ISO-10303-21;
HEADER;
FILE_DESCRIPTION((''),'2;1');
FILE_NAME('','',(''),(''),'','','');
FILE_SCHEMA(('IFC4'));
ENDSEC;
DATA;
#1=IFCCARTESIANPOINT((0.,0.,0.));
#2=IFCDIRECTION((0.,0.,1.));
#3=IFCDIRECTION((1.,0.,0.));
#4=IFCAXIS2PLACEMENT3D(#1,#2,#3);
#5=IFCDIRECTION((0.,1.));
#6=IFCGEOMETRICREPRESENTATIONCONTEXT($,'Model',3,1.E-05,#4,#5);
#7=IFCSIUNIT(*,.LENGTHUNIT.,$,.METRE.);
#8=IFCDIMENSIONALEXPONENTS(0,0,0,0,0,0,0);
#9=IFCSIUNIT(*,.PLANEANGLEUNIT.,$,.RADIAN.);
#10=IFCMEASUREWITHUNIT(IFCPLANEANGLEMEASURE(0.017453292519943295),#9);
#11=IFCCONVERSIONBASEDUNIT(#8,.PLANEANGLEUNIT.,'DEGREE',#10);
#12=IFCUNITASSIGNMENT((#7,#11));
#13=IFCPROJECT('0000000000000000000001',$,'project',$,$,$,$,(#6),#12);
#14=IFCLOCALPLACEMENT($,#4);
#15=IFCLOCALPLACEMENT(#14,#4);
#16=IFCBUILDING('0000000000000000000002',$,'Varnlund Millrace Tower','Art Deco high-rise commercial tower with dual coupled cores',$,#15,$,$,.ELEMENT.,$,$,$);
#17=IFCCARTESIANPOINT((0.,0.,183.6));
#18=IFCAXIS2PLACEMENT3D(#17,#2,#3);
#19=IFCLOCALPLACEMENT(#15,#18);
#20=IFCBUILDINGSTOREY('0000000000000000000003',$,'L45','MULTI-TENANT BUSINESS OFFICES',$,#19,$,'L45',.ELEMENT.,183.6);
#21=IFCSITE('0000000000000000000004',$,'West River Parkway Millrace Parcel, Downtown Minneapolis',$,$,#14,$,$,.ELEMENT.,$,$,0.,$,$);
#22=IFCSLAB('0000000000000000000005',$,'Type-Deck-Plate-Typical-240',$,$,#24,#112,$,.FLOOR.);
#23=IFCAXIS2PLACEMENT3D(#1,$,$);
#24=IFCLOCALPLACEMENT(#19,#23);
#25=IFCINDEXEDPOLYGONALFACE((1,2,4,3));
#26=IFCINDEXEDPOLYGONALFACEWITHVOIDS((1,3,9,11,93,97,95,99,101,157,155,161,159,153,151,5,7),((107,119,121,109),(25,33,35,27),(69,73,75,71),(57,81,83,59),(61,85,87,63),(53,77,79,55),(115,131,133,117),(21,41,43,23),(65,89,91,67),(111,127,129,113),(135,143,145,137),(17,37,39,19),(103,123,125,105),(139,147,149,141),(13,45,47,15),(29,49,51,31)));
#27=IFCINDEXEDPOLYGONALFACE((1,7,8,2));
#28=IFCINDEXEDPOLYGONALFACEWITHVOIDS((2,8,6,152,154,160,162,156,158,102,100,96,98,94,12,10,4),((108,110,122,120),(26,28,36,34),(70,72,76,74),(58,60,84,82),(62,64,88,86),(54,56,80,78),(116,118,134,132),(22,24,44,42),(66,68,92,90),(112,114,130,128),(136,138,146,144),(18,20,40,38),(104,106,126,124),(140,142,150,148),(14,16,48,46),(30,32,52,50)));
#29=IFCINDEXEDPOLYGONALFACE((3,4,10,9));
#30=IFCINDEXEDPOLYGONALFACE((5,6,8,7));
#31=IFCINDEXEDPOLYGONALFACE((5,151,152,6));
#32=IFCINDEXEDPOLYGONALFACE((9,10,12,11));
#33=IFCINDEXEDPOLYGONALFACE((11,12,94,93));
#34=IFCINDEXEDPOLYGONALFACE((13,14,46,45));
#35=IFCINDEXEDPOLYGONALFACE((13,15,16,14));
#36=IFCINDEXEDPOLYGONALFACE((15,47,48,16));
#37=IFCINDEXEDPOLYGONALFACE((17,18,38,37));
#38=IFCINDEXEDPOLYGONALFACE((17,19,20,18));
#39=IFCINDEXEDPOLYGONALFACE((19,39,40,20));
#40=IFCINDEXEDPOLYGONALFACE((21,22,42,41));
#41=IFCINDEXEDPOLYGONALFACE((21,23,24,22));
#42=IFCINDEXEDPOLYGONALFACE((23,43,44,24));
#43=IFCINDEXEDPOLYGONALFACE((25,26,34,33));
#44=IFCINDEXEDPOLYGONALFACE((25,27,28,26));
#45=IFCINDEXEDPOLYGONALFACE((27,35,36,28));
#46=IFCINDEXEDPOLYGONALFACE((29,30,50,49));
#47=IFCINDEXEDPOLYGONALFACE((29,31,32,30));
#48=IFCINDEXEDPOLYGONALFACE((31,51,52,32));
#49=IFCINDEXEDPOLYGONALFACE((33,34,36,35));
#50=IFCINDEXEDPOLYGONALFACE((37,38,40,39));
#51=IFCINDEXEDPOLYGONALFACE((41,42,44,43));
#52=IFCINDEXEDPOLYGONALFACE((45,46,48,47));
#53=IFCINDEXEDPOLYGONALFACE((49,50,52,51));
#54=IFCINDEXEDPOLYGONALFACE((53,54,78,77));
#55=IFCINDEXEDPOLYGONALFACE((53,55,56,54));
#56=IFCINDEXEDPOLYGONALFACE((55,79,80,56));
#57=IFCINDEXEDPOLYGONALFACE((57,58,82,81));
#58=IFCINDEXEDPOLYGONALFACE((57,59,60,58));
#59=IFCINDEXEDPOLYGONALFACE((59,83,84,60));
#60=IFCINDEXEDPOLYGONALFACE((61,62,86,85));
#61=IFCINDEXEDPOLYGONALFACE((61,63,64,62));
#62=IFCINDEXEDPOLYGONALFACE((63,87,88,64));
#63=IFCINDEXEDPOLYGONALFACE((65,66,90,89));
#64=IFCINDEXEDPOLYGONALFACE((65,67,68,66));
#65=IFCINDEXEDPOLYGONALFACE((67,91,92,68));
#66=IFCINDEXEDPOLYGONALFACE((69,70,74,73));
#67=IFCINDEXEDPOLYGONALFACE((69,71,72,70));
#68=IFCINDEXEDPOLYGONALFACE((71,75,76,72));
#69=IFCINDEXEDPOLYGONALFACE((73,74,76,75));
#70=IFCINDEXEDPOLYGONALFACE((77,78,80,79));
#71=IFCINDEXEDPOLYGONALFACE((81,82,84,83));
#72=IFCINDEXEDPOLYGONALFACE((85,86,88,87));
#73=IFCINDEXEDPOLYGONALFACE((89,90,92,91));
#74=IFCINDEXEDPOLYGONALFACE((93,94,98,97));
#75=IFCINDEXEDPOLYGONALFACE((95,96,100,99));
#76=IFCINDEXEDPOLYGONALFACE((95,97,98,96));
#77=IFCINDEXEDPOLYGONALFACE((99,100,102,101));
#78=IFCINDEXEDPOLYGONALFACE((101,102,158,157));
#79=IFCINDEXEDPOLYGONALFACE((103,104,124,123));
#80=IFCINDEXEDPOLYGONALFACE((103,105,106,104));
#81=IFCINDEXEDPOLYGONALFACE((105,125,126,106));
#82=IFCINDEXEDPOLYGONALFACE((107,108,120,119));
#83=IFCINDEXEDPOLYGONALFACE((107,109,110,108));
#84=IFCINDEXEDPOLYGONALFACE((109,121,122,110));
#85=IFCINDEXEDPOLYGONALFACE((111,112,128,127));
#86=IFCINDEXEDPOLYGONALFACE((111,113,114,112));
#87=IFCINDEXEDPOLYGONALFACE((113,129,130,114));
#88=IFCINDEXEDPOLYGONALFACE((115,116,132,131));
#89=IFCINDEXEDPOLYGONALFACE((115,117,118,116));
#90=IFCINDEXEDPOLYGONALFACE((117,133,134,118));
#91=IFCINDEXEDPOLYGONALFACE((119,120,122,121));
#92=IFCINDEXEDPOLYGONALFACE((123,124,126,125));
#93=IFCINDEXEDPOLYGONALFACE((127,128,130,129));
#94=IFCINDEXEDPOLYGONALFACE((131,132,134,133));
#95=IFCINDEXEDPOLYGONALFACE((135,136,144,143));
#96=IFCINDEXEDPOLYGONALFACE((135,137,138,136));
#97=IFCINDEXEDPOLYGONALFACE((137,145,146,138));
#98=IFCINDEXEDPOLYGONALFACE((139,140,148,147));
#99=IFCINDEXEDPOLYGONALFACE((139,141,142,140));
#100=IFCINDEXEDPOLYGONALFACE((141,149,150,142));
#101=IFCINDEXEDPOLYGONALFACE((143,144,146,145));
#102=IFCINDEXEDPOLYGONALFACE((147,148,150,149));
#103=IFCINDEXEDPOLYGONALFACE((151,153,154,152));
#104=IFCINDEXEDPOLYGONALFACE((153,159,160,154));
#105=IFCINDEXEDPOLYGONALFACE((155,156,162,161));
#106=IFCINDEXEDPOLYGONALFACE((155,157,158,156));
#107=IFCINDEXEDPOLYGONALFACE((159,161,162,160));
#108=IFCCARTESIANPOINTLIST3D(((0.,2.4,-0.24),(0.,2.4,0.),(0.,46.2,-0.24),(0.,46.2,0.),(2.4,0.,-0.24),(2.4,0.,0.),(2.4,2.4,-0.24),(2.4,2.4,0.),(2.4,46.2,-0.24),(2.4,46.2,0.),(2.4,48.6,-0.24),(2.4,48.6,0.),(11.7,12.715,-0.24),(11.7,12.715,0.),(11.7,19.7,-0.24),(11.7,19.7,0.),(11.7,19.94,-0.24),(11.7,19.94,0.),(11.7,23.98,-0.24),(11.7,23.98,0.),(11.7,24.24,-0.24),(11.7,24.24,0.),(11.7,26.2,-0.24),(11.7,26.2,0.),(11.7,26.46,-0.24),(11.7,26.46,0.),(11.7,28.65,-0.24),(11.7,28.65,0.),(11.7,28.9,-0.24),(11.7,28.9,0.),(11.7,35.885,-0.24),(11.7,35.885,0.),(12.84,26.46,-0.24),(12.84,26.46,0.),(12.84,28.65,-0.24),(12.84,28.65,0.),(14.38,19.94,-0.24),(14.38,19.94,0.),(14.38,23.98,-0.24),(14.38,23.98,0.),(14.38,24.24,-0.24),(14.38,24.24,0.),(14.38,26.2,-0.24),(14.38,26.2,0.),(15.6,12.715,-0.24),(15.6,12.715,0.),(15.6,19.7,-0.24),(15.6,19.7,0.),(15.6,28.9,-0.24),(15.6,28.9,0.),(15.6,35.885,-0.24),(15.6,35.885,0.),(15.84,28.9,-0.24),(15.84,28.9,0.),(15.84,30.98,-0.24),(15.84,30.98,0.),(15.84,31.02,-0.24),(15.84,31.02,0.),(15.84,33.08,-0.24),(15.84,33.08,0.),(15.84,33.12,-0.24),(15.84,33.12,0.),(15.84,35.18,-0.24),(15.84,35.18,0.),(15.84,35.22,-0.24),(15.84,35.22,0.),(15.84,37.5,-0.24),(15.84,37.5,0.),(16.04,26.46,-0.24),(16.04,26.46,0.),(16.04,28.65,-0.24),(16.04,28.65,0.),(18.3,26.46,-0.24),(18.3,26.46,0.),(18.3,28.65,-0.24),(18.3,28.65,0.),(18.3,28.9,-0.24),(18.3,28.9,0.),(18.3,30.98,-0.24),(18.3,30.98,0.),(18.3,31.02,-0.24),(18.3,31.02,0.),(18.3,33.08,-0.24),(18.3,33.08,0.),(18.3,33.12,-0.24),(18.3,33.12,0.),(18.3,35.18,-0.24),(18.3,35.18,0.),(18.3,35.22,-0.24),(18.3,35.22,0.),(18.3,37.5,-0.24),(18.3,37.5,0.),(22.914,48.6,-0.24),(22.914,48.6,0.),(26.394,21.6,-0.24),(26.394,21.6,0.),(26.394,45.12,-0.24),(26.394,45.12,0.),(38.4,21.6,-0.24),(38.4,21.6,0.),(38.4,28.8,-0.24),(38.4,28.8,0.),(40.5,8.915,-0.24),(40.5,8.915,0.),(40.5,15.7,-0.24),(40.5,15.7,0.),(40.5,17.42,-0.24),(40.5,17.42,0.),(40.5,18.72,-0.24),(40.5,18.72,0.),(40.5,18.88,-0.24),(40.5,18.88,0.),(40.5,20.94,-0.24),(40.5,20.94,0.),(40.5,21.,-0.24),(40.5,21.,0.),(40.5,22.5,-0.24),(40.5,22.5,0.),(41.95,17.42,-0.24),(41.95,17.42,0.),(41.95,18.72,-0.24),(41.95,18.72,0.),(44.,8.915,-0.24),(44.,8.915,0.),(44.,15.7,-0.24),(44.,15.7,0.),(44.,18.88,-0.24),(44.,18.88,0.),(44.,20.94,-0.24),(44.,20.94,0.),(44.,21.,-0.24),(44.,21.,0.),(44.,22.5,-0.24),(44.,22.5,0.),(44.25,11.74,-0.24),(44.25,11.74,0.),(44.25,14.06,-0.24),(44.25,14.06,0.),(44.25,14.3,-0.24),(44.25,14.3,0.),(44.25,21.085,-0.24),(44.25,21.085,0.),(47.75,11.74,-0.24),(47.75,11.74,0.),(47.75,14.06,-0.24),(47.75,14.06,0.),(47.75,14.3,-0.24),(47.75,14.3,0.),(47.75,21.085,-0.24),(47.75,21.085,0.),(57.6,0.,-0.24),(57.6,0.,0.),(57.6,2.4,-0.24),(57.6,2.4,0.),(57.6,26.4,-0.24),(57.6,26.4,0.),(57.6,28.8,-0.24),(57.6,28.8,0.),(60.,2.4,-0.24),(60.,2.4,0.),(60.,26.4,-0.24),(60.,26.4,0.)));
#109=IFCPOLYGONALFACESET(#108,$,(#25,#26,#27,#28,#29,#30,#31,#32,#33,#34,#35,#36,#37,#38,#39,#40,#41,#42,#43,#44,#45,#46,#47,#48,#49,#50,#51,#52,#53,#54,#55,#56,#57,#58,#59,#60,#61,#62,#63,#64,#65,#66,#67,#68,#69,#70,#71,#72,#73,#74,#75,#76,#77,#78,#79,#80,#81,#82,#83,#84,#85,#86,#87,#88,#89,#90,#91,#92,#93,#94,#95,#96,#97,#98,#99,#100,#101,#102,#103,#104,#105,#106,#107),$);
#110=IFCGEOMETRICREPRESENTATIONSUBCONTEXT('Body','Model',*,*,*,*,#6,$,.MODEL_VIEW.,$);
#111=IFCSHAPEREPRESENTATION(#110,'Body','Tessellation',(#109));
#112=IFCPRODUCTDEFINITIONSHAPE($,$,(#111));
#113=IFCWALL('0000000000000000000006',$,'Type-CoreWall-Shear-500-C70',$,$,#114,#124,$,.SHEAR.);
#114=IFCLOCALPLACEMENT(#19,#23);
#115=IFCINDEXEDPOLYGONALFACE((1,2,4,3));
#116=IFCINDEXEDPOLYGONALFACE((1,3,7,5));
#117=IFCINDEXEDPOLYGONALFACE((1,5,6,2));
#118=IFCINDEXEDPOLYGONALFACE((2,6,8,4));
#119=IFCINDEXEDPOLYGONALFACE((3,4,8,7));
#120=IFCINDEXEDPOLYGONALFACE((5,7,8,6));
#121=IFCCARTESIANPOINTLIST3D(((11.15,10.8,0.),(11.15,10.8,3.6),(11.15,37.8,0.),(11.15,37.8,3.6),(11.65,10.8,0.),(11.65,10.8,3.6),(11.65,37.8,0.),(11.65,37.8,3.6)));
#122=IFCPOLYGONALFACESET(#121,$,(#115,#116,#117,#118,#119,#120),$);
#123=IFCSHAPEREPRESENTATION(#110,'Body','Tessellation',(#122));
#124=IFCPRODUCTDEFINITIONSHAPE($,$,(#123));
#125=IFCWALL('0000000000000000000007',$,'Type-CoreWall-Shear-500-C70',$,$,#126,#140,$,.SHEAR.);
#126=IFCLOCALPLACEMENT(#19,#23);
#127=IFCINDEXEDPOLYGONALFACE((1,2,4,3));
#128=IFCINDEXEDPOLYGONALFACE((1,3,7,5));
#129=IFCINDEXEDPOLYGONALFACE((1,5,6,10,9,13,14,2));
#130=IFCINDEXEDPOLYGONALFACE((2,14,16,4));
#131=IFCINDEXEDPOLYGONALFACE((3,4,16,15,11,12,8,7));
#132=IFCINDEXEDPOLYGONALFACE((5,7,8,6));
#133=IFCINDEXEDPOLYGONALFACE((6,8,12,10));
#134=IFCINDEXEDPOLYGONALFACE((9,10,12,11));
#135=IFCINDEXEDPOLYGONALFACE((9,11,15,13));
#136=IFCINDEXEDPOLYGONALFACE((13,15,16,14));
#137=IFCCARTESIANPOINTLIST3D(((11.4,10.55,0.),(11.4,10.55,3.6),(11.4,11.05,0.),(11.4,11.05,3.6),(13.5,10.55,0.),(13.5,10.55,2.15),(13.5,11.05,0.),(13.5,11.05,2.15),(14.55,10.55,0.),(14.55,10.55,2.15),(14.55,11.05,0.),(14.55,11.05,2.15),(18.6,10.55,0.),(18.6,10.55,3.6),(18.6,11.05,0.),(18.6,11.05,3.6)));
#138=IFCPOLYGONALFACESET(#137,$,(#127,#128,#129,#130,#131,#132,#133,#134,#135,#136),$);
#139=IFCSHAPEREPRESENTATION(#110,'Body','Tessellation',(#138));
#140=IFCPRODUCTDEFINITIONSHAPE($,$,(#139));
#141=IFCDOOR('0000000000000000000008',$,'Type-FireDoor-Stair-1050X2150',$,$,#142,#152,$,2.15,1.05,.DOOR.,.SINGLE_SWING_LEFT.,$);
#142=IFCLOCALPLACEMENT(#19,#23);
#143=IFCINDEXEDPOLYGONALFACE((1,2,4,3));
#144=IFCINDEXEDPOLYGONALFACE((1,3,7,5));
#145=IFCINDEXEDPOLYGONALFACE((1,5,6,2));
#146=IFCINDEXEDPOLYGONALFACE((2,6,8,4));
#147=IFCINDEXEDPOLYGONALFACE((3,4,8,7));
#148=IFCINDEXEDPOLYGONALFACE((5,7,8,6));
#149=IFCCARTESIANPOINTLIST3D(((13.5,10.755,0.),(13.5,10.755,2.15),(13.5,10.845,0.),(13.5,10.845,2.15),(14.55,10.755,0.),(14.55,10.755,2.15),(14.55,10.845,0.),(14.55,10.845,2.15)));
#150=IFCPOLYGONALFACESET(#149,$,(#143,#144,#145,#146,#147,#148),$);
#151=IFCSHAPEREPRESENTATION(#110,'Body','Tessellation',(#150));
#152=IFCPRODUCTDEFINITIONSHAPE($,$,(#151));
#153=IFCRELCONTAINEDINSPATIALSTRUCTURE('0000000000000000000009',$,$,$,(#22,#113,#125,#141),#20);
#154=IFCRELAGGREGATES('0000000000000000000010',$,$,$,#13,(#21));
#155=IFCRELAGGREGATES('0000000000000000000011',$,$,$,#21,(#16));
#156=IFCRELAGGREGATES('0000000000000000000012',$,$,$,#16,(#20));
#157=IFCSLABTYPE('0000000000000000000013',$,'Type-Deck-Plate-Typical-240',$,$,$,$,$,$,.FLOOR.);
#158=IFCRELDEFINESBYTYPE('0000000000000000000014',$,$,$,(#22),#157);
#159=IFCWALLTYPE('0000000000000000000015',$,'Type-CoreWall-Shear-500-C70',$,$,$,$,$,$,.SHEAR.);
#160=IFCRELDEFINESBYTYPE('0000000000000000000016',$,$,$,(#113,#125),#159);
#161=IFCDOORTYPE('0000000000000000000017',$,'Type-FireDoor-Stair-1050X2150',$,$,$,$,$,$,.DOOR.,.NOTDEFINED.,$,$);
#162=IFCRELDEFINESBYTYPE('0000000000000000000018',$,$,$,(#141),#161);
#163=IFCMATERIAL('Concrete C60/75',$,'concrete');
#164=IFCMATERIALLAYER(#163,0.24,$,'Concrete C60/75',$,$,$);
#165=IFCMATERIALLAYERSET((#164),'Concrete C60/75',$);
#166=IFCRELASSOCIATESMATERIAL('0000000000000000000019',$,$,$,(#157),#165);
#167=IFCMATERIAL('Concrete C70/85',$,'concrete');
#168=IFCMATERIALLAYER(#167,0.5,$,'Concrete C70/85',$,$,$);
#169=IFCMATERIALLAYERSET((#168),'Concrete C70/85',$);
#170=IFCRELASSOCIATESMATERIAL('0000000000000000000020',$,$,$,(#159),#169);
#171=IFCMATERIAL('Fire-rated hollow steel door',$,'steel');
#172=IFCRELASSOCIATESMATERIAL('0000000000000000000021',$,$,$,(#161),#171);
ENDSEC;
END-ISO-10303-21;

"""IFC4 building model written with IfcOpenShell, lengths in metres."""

from ifc_helpers import new_model, entity, si_unit, converted_unit, direction, frame, origin_with_axes, origin_2d_with_axis, place, context, subcontext, project, spatial, polyline, rectangle, outline, extrude, material, layer, layer_set, type_object, element, fill, save


model = new_model("IFC4")

# Units and contexts
model_context = context("Model", 3, precision=1e-05, world=origin_with_axes(), true_north=direction((0.0, 1.0)))
body_context = subcontext(model_context, "Body", "Model", "MODEL_VIEW")
ifc_project = project(units=[si_unit("LENGTHUNIT", "METRE"), converted_unit("PLANEANGLEUNIT", "DEGREE", entity("IfcPlaneAngleMeasure", 0.017453292519943295), si_unit("PLANEANGLEUNIT", "RADIAN"), dimensions=[0, 0, 0, 0, 0, 0, 0])], contexts=[model_context])

# Site, building, storey
site_placement = place(None, origin_with_axes())
site = spatial("IfcSite", under=ifc_project, at=site_placement, Name="West River Parkway Millrace Parcel, Downtown Minneapolis", CompositionType="ELEMENT", RefElevation=0.0)
building_placement = place(site_placement, origin_with_axes())
building = spatial("IfcBuilding", under=site, at=building_placement, Name="Varnlund Millrace Tower", Description="Art Deco high-rise commercial tower with dual coupled cores", CompositionType="ELEMENT")
storey_placement = place(building_placement, frame((0.0, 0.0, 183.6), z_axis=(0.0, 0.0, 1.0), x_axis=(1.0, 0.0, 0.0)))
storey = spatial("IfcBuildingStorey", under=building, at=storey_placement, Name="L45", Description="MULTI-TENANT BUSINESS OFFICES", LongName="L45", CompositionType="ELEMENT", Elevation=183.6)

# Slab
ifc_material_1 = material(Name="Concrete C60/75", Category="concrete")
ifc_layer_1 = layer(ifc_material_1, 0.24, Name="Concrete C60/75")
ifc_layer_set_1 = layer_set([ifc_layer_1], Name="Concrete C60/75")
slab_type = type_object("IfcSlabType", Name="Type-Deck-Plate-Typical-240", PredefinedType="FLOOR", material=ifc_layer_set_1)
slab_placement = place(storey_placement, frame((0.0, 0.0, -0.24), z_axis=(0.0, 0.0, 1.0), x_axis=(1.0, 0.0, 0.0)))
element("IfcSlab", 1, at=slab_placement, inside=storey, type_object=slab_type, Name="Type-Deck-Plate-Typical-240", PredefinedType="FLOOR", context=body_context, shape_type="SweptSolid", body=[
    extrude(outline(polyline([(26.394, 21.6), (26.394, 45.12), (22.914, 48.6), (2.4, 48.6), (2.4, 46.2), (0.0, 46.2), (0.0, 2.4), (2.4, 2.4), (2.4, 0.0), (57.6, 0.0), (57.6, 2.4), (60.0, 2.4), (60.0, 26.4), (57.6, 26.4), (57.6, 28.8), (38.4, 28.8), (38.4, 21.6), (26.394, 21.6)]), holes=[polyline([(15.6, 12.715), (11.7, 12.715), (11.7, 19.7), (15.6, 19.7), (15.6, 12.715)]), polyline([(14.38, 23.98), (14.38, 19.94), (11.7, 19.94), (11.7, 23.98), (14.38, 23.98)]), polyline([(14.38, 24.24), (11.7, 24.24), (11.7, 26.2), (14.38, 26.2), (14.38, 24.24)]), polyline([(12.84, 26.46), (11.7, 26.46), (11.7, 28.65), (12.84, 28.65), (12.84, 26.46)]), polyline([(18.3, 28.9), (15.84, 28.9), (15.84, 30.98), (18.3, 30.98), (18.3, 28.9)]), polyline([(18.3, 31.02), (15.84, 31.02), (15.84, 33.08), (18.3, 33.08), (18.3, 31.02)]), polyline([(15.6, 28.9), (11.7, 28.9), (11.7, 35.885), (15.6, 35.885), (15.6, 28.9)]), polyline([(18.3, 33.12), (15.84, 33.12), (15.84, 35.18), (18.3, 35.18), (18.3, 33.12)]), polyline([(44.0, 8.915), (40.5, 8.915), (40.5, 15.7), (44.0, 15.7), (44.0, 8.915)]), polyline([(47.75, 11.74), (44.25, 11.74), (44.25, 14.06), (47.75, 14.06), (47.75, 11.74)]), polyline([(47.75, 14.3), (44.25, 14.3), (44.25, 21.085), (47.75, 21.085), (47.75, 14.3)]), polyline([(41.95, 17.42), (40.5, 17.42), (40.5, 18.72), (41.95, 18.72), (41.95, 17.42)]), polyline([(44.0, 18.88), (40.5, 18.88), (40.5, 20.94), (44.0, 20.94), (44.0, 18.88)]), polyline([(44.0, 21.0), (40.5, 21.0), (40.5, 22.5), (44.0, 22.5), (44.0, 21.0)]), polyline([(16.04, 26.46), (16.04, 28.65), (18.3, 28.65), (18.3, 26.46), (16.04, 26.46)]), polyline([(15.84, 35.22), (15.84, 37.5), (18.3, 37.5), (18.3, 35.22), (15.84, 35.22)])]), origin_with_axes(), (0.0, 0.0, 1.0), 0.24),
])

# Wall
ifc_material_2 = material(Name="Concrete C70/85", Category="concrete")
ifc_layer_2 = layer(ifc_material_2, 0.5, Name="Concrete C70/85")
ifc_layer_set_2 = layer_set([ifc_layer_2], Name="Concrete C70/85")
wall_type_1 = type_object("IfcWallType", Name="Type-CoreWall-Shear-500-C70", PredefinedType="SHEAR", material=ifc_layer_set_2)
wall_1_placement = place(storey_placement, frame((11.4, 10.8, 0.0), z_axis=(0.0, 0.0, 1.0), x_axis=(0.0, 1.0, 0.0)))
element("IfcWall", 2, at=wall_1_placement, inside=storey, type_object=wall_type_1, Name="Type-CoreWall-Shear-500-C70", PredefinedType="SHEAR", context=body_context, shape_type="SweptSolid", body=[
    extrude(outline(polyline([(0.0, -0.25), (27.0, -0.25), (27.0, 0.25), (0.0, 0.25), (0.0, -0.25)])), origin_with_axes(), (0.0, 0.0, 1.0), 3.6),
])

# Wall, opening, door
wall_2_placement = place(storey_placement, frame((11.4, 10.8, 0.0), z_axis=(0.0, 0.0, 1.0), x_axis=(1.0, 0.0, 0.0)))
wall_2 = element("IfcWall", 3, at=wall_2_placement, inside=storey, type_object=wall_type_1, Name="Type-CoreWall-Shear-500-C70", PredefinedType="SHEAR", context=body_context, shape_type="SweptSolid", body=[
    extrude(outline(polyline([(0.0, -0.25), (7.2, -0.25), (7.2, 0.25), (0.0, 0.25), (0.0, -0.25)])), origin_with_axes(), (0.0, 0.0, 1.0), 3.6),
])
opening_1_placement = place(wall_2_placement, frame((2.625, 0.0, 0.0), z_axis=(0.0, 0.0, 1.0), x_axis=(1.0, 0.0, 0.0)))
opening_1 = element("IfcOpeningElement", 4, at=opening_1_placement, cuts=wall_2, PredefinedType="OPENING", context=body_context, shape_type="SweptSolid", body=[
    extrude(rectangle(XDim=1.05, YDim=0.52, at=origin_2d_with_axis()), origin_with_axes(), (0.0, 0.0, 1.0), 2.15),
])
ifc_material_3 = material(Name="Fire-rated hollow steel door", Category="steel")
door_type_1 = type_object("IfcDoorType", Name="Type-FireDoor-Stair-1050X2150", OperationType="NOTDEFINED", PredefinedType="DOOR", material=ifc_material_3)
door_1_placement = place(wall_2_placement, frame((2.625, 0.0, 0.0), z_axis=(0.0, 0.0, 1.0), x_axis=(1.0, 0.0, 0.0)))
door_1 = element("IfcDoor", 5, at=door_1_placement, inside=storey, type_object=door_type_1, Name="Type-FireDoor-Stair-1050X2150", OperationType="SINGLE_SWING_LEFT", OverallHeight=2.15, OverallWidth=1.05, PredefinedType="DOOR", context=body_context, shape_type="SweptSolid", body=[
    extrude(rectangle(XDim=1.05, YDim=0.09, at=origin_2d_with_axis()), origin_with_axes(), (0.0, 0.0, 1.0), 2.15),
])
fill(opening_1, door_1)

save(model, "model.ifc")
